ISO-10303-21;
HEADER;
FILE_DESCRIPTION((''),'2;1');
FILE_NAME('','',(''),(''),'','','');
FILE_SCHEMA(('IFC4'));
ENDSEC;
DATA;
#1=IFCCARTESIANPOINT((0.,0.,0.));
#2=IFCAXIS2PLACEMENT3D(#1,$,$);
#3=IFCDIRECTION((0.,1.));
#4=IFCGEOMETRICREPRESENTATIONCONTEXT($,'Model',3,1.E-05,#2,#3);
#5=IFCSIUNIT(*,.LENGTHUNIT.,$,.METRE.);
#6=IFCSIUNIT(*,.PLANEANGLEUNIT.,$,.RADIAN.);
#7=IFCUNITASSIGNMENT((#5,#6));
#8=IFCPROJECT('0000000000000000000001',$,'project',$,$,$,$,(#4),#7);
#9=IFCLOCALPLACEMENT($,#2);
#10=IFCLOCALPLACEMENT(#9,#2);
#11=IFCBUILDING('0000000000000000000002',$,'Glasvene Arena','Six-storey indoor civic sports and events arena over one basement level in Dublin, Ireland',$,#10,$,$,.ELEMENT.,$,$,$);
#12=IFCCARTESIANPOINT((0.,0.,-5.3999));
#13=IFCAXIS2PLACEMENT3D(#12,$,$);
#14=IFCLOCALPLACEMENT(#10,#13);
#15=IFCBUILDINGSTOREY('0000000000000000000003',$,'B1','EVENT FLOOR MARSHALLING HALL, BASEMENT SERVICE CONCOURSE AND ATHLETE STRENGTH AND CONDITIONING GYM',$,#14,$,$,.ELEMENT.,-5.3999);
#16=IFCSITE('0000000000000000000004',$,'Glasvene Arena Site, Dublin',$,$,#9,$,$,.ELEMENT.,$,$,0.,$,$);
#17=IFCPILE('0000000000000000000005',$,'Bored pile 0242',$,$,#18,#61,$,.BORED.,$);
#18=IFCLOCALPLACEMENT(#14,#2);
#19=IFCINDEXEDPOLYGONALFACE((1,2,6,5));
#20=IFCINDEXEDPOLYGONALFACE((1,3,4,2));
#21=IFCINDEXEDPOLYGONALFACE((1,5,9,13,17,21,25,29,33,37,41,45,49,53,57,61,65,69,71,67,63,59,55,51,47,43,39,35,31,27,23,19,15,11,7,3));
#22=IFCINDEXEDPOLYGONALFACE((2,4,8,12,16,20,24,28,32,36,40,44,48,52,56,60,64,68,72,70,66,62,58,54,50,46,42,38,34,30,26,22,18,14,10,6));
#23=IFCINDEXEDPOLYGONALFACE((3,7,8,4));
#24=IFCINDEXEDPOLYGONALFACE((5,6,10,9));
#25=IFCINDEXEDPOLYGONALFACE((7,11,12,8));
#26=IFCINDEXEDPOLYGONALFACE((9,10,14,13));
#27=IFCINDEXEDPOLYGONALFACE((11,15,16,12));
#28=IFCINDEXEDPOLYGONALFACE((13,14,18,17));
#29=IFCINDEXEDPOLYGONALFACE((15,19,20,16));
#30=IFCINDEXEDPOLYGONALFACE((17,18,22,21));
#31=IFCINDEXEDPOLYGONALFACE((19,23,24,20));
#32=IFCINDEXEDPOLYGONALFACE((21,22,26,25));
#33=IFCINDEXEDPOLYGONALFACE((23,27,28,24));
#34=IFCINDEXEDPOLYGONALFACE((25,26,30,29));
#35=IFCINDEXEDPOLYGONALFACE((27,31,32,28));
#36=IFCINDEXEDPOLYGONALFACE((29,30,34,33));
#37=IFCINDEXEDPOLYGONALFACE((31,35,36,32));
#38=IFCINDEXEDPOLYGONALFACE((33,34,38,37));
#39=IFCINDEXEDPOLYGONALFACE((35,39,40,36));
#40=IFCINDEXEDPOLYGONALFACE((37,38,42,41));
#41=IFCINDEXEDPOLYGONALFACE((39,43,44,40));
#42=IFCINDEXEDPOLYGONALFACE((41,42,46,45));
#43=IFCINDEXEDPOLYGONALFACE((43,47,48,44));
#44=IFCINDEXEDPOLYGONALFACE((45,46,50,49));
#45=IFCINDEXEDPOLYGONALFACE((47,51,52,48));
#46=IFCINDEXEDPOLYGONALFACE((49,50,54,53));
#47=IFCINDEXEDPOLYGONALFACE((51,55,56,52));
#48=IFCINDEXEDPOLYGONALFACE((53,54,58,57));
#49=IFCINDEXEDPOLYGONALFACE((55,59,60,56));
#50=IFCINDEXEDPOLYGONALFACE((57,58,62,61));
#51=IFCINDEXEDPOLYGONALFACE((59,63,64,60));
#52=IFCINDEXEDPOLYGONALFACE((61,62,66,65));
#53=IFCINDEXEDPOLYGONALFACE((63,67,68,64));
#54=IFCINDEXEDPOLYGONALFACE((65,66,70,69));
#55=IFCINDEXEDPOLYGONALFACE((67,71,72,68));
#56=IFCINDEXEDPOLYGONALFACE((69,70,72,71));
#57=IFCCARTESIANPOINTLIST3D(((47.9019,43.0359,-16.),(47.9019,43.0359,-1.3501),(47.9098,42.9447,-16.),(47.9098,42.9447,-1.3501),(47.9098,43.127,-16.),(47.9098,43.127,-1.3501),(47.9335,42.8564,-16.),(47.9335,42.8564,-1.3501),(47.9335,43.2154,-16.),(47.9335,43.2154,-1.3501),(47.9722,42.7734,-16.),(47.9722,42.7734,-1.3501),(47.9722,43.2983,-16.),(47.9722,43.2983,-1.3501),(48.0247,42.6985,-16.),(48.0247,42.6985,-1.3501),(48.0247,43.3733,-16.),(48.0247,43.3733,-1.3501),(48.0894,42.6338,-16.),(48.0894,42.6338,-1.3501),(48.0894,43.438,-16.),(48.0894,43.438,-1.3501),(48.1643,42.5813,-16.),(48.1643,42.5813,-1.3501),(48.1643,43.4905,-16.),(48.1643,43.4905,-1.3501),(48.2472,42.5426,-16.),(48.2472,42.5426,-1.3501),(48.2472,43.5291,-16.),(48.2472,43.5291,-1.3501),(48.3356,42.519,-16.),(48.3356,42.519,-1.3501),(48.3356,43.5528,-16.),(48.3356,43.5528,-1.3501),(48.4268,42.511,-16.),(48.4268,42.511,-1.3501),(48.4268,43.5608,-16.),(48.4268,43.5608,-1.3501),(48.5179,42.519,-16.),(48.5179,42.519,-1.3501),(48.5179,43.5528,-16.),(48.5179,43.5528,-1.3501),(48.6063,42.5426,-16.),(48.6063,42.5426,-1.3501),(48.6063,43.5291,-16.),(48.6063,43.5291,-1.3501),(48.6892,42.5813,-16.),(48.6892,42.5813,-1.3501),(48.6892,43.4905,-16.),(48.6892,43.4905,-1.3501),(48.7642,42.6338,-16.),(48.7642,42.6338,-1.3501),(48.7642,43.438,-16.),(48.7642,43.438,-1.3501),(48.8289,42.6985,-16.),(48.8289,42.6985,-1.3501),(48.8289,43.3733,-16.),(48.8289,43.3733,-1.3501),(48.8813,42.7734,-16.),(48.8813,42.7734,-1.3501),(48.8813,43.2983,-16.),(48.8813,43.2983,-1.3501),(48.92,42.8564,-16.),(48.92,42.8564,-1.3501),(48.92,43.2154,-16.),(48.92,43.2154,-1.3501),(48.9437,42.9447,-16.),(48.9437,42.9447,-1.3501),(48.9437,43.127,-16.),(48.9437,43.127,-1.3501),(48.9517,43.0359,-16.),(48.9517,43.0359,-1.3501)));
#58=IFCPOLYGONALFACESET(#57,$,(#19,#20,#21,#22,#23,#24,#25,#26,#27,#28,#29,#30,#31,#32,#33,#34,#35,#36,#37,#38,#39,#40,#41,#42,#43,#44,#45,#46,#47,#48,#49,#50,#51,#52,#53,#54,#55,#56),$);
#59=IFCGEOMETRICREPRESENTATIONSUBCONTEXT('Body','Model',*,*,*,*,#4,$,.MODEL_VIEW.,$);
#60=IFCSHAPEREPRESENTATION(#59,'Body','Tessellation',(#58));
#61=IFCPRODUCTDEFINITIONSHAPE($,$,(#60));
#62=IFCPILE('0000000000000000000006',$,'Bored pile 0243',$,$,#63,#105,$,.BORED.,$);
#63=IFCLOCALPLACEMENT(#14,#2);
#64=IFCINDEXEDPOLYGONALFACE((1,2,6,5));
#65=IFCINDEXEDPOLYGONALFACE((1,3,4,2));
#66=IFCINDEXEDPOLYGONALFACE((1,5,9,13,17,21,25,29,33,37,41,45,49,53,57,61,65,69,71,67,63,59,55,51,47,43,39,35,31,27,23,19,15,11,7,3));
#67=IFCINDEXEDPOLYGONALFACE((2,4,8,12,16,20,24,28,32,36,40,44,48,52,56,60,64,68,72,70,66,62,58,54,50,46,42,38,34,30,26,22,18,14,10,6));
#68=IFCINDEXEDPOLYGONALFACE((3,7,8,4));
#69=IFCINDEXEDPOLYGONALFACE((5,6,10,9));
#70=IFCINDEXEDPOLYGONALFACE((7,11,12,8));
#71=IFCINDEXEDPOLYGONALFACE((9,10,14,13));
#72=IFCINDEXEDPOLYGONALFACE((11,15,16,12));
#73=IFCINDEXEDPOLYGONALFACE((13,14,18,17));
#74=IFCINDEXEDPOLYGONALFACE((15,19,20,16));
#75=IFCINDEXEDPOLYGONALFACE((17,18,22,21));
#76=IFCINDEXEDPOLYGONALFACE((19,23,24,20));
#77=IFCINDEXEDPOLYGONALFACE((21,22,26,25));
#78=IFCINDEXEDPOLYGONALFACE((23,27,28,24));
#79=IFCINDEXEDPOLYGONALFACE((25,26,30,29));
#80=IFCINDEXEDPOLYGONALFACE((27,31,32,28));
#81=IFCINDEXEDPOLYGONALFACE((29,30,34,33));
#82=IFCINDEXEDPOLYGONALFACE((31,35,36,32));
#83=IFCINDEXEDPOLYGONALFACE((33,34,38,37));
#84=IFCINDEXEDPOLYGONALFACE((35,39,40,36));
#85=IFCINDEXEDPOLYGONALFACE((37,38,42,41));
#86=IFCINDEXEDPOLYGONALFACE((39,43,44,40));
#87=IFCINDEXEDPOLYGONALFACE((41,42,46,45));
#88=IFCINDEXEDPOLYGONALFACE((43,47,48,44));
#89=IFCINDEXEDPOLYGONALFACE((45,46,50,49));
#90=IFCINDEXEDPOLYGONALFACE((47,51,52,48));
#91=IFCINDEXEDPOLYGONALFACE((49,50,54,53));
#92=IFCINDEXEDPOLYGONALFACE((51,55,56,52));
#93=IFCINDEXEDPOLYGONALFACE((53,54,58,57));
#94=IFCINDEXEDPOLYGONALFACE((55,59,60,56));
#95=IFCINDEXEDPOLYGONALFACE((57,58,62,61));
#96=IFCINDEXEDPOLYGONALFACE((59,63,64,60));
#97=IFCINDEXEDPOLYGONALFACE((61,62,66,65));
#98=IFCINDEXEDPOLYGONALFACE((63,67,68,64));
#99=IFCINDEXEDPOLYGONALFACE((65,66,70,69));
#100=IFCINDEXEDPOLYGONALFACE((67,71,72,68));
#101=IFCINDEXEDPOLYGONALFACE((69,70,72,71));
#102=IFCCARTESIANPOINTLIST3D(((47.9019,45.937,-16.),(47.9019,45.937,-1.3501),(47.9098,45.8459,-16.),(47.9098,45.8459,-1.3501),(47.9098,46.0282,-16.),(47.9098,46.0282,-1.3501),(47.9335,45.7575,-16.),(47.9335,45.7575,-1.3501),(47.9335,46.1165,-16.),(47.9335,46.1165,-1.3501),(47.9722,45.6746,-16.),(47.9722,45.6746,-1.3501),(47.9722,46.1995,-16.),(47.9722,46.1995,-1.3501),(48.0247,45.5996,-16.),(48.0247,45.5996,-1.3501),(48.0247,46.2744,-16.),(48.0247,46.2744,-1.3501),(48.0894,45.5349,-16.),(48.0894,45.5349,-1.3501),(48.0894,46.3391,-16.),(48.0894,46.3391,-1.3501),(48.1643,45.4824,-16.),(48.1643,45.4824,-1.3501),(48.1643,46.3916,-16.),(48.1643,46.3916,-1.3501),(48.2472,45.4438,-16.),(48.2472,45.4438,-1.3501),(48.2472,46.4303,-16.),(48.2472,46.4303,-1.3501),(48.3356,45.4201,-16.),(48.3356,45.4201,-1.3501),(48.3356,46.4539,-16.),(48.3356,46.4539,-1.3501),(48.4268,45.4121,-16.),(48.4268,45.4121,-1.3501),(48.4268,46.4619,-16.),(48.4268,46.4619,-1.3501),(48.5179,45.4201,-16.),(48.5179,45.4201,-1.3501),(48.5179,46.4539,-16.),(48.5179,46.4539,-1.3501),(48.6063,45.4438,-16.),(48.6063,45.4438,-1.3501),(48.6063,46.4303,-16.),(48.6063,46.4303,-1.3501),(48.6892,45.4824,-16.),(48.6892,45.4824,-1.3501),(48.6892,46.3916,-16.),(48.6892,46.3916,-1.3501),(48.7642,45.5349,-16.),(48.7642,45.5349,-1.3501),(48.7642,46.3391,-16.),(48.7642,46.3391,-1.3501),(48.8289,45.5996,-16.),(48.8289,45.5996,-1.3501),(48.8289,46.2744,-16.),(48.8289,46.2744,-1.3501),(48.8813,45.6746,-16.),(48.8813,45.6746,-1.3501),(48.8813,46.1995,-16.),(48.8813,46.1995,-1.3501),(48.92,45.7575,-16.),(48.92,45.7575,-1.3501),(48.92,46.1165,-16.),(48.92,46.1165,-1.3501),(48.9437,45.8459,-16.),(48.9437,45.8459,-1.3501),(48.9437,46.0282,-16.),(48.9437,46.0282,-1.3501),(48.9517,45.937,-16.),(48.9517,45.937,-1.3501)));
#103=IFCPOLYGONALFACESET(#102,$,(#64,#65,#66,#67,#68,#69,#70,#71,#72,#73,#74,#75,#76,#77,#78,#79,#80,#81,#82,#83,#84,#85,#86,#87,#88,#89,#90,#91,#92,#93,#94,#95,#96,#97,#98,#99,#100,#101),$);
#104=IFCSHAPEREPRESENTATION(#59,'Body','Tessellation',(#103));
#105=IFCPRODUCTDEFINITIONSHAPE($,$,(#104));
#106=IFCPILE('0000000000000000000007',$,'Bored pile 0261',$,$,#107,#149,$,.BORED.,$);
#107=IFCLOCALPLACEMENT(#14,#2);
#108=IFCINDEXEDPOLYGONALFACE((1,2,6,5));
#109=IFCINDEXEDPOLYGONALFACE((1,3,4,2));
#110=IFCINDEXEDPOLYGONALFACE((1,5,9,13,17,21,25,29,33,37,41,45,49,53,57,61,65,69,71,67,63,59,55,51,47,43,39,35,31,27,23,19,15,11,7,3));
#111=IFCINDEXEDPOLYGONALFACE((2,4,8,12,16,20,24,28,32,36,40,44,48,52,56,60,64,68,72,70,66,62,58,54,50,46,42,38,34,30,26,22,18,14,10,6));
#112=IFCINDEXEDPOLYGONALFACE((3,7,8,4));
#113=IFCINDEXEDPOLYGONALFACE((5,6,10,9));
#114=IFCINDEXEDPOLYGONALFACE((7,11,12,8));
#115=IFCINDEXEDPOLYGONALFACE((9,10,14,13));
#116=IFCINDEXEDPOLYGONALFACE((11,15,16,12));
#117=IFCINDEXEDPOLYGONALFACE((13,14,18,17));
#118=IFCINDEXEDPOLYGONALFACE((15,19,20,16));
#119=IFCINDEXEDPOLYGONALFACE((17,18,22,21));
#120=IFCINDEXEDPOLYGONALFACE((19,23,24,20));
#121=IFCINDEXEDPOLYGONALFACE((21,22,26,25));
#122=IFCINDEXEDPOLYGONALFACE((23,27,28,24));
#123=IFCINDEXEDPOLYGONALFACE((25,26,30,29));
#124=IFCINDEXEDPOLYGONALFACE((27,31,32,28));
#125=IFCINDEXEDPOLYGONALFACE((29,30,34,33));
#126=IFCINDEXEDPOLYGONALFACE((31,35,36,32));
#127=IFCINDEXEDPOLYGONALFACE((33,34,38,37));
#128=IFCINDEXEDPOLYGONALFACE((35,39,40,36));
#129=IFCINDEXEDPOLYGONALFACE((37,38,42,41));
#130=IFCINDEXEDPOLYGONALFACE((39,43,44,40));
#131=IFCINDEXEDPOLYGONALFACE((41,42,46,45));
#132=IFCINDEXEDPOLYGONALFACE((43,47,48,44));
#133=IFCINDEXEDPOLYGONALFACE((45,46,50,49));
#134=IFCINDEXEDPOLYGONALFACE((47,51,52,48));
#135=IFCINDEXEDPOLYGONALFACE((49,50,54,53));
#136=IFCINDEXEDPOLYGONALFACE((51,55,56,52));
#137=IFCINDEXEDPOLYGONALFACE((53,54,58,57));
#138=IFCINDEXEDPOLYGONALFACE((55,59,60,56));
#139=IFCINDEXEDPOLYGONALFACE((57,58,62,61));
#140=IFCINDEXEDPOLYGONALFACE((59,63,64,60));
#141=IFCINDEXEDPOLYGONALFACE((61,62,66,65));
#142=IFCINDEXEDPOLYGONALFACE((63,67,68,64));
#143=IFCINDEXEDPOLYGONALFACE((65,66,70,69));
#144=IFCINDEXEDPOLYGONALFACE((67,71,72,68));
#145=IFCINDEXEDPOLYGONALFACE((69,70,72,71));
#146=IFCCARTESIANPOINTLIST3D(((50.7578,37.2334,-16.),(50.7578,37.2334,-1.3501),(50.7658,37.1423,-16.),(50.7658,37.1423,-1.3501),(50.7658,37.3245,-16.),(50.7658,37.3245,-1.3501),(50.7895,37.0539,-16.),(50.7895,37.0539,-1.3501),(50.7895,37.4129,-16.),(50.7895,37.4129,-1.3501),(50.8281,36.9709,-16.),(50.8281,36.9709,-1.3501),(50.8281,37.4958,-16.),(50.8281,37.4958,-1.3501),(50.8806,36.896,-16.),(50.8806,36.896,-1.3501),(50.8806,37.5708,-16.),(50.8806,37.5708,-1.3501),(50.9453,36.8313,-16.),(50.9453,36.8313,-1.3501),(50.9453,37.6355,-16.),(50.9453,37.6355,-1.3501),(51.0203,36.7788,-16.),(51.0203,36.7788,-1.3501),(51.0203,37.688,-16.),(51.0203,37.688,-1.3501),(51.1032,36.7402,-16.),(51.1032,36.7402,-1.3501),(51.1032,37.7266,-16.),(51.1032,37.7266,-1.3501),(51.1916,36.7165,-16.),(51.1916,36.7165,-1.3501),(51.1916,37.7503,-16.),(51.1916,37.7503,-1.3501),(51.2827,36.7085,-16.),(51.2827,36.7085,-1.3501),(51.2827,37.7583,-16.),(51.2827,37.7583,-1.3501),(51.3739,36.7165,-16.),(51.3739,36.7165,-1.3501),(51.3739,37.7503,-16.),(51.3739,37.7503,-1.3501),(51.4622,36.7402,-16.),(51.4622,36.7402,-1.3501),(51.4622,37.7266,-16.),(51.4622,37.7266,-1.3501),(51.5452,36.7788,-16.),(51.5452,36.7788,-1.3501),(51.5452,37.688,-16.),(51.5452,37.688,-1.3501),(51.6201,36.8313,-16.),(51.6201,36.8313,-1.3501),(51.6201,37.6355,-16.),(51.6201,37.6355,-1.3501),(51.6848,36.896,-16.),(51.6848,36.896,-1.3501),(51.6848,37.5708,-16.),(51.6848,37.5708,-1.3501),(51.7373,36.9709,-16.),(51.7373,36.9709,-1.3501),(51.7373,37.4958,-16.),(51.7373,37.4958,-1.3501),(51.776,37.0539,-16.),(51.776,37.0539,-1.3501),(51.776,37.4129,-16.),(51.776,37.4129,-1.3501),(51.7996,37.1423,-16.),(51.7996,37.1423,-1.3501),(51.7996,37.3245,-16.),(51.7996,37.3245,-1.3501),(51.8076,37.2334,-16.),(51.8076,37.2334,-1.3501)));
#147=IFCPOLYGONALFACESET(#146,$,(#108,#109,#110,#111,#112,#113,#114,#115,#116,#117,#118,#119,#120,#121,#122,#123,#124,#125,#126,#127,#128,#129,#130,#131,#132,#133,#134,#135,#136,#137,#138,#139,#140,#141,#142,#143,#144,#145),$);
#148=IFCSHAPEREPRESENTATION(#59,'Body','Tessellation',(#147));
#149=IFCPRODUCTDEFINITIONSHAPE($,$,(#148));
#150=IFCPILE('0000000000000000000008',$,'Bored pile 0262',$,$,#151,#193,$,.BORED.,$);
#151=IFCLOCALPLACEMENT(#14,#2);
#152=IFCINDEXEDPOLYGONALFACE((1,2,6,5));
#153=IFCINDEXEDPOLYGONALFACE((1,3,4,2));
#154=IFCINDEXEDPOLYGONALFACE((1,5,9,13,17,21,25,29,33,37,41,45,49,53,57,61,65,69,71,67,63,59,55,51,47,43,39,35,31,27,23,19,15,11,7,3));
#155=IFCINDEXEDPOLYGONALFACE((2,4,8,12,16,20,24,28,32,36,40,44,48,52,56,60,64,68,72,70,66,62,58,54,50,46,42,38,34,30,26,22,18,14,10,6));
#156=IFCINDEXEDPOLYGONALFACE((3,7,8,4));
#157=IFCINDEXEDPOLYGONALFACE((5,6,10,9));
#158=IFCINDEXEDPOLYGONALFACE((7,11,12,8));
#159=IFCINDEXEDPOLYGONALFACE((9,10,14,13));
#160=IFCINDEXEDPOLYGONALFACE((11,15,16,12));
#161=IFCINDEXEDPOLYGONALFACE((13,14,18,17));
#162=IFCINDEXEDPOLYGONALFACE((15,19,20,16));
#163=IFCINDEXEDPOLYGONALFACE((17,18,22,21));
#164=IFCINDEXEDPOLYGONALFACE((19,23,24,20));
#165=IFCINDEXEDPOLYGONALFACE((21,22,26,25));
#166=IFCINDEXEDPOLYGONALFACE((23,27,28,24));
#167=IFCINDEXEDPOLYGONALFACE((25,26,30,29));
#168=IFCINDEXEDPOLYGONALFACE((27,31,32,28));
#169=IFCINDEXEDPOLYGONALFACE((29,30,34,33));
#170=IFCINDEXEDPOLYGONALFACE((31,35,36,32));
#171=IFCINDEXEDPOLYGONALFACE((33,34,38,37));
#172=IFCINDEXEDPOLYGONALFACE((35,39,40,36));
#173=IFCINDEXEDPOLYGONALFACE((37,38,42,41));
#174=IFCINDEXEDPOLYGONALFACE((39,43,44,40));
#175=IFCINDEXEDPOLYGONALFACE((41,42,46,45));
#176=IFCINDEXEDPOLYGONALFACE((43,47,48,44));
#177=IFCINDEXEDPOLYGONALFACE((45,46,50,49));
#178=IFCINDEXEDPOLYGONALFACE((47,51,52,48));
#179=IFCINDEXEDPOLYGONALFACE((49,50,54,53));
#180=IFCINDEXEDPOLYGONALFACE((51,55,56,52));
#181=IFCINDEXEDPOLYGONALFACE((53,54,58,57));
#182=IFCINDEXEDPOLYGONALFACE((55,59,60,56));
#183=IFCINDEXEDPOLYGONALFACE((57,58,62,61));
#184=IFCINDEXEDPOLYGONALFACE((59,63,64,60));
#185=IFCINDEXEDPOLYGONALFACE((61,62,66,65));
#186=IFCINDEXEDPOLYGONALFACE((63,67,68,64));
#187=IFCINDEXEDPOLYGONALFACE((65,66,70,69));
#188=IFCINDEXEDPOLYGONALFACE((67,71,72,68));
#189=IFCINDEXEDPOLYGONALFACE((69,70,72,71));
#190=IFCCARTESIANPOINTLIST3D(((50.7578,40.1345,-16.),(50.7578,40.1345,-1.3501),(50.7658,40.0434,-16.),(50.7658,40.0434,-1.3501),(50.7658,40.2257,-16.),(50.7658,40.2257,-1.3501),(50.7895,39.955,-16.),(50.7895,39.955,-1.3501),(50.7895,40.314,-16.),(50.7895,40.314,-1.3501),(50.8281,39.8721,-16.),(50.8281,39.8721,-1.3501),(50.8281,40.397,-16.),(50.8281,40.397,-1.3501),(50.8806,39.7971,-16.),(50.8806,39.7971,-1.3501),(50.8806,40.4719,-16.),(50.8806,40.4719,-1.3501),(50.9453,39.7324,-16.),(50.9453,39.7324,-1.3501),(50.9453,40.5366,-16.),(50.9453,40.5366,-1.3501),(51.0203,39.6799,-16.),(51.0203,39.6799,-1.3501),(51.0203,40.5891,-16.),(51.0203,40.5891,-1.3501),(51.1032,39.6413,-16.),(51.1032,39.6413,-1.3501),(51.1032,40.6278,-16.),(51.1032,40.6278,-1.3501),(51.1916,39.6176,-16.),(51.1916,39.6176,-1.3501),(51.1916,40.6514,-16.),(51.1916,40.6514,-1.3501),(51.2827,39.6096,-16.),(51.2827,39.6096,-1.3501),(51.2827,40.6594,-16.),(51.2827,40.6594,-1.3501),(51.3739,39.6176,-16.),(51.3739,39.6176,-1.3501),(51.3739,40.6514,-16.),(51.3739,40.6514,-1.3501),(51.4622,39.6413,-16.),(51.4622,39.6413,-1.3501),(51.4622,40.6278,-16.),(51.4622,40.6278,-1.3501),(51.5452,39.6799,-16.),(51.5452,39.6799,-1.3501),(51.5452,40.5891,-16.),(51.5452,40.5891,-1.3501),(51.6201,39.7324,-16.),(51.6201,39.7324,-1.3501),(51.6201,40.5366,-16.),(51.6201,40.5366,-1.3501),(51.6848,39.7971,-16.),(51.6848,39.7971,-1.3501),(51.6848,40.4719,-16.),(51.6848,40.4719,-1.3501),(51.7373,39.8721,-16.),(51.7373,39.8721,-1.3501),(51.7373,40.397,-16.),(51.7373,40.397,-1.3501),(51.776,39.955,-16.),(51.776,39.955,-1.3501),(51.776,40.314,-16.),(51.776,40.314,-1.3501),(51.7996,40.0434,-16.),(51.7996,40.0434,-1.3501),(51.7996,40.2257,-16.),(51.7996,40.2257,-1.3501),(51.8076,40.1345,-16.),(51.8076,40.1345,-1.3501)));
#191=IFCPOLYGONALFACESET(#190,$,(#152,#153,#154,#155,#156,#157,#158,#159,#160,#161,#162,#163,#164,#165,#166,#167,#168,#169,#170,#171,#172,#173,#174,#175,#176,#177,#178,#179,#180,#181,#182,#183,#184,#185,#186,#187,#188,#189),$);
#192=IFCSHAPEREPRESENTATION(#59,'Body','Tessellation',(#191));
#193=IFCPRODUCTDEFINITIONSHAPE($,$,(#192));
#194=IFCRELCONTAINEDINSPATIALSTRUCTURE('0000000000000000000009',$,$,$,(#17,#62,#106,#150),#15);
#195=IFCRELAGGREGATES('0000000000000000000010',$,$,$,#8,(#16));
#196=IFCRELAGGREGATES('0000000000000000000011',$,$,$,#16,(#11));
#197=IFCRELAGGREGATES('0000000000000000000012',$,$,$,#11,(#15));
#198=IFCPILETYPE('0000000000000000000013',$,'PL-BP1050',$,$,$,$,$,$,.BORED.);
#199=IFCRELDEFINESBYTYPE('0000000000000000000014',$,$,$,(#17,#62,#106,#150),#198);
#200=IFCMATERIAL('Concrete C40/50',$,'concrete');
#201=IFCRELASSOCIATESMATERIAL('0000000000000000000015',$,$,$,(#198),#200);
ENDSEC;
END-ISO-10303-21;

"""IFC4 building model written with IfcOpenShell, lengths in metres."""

from ifc_helpers import new_model, si_unit, direction, frame, origin, origin_2d, place, context, subcontext, project, spatial, circle, extrude, material, material_profile, profile_set, type_object, element, save


model = new_model("IFC4")

# Units and contexts
model_context = context("Model", 3, precision=1e-05, world=origin(), true_north=direction((0.0, 1.0)))
body_context = subcontext(model_context, "Body", "Model", "MODEL_VIEW")
ifc_project = project(units=[si_unit("LENGTHUNIT", "METRE"), si_unit("PLANEANGLEUNIT", "RADIAN")], contexts=[model_context])

# Site, building, storey
site_placement = place(None, origin())
site = spatial("IfcSite", under=ifc_project, at=site_placement, Name="Glasvene Arena Site, Dublin", CompositionType="ELEMENT", RefElevation=0.0)
building_placement = place(site_placement, origin())
building = spatial("IfcBuilding", under=site, at=building_placement, Name="Glasvene Arena", Description="Six-storey indoor civic sports and events arena over one basement level in Dublin, Ireland", CompositionType="ELEMENT")
storey_placement = place(building_placement, frame((0.0, 0.0, -5.3999)))
storey = spatial("IfcBuildingStorey", under=building, at=storey_placement, Name="B1", Description="EVENT FLOOR MARSHALLING HALL, BASEMENT SERVICE CONCOURSE AND ATHLETE STRENGTH AND CONDITIONING GYM", CompositionType="ELEMENT", Elevation=-5.3999)

# Piles
ifc_material_1 = material(Name="Concrete C40/50", Category="concrete")
ifc_material_profile_1 = material_profile(ifc_material_1, circle(Radius=0.5249, at=origin_2d()), Name="BORED PILE 1050")
ifc_profile_set_1 = profile_set([ifc_material_profile_1], Name="Concrete C40/50")
pile_type = type_object("IfcPileType", Name="PL-BP1050", PredefinedType="BORED", material=ifc_profile_set_1)
for number, where, z_axis, x_axis, name in (
    (1, (48.4268, 43.0359, -1.3501), (0.0, 0.0, -1.0), (1.0, 0.0, 0.0), "Bored pile 0242"),
    (2, (48.4268, 45.937, -1.3501), (0.0, 0.0, -1.0), (1.0, 0.0, 0.0), "Bored pile 0243"),
    (3, (51.2827, 37.2334, -1.3501), (0.0, 0.0, -1.0), (1.0, 0.0, 0.0), "Bored pile 0261"),
    (4, (51.2827, 40.1345, -1.3501), (0.0, 0.0, -1.0), (1.0, 0.0, 0.0), "Bored pile 0262"),
):
    element("IfcPile", number, at=place(storey_placement, frame(where, z_axis=z_axis, x_axis=x_axis)), inside=storey, type_object=pile_type, Name=name, PredefinedType="BORED", context=body_context, shape_type="SweptSolid", body=[
        extrude(circle(Radius=0.5249, at=origin_2d()), origin(), (0.0, 0.0, 1.0), 14.6499),
    ])

save(model, "model.ifc")
